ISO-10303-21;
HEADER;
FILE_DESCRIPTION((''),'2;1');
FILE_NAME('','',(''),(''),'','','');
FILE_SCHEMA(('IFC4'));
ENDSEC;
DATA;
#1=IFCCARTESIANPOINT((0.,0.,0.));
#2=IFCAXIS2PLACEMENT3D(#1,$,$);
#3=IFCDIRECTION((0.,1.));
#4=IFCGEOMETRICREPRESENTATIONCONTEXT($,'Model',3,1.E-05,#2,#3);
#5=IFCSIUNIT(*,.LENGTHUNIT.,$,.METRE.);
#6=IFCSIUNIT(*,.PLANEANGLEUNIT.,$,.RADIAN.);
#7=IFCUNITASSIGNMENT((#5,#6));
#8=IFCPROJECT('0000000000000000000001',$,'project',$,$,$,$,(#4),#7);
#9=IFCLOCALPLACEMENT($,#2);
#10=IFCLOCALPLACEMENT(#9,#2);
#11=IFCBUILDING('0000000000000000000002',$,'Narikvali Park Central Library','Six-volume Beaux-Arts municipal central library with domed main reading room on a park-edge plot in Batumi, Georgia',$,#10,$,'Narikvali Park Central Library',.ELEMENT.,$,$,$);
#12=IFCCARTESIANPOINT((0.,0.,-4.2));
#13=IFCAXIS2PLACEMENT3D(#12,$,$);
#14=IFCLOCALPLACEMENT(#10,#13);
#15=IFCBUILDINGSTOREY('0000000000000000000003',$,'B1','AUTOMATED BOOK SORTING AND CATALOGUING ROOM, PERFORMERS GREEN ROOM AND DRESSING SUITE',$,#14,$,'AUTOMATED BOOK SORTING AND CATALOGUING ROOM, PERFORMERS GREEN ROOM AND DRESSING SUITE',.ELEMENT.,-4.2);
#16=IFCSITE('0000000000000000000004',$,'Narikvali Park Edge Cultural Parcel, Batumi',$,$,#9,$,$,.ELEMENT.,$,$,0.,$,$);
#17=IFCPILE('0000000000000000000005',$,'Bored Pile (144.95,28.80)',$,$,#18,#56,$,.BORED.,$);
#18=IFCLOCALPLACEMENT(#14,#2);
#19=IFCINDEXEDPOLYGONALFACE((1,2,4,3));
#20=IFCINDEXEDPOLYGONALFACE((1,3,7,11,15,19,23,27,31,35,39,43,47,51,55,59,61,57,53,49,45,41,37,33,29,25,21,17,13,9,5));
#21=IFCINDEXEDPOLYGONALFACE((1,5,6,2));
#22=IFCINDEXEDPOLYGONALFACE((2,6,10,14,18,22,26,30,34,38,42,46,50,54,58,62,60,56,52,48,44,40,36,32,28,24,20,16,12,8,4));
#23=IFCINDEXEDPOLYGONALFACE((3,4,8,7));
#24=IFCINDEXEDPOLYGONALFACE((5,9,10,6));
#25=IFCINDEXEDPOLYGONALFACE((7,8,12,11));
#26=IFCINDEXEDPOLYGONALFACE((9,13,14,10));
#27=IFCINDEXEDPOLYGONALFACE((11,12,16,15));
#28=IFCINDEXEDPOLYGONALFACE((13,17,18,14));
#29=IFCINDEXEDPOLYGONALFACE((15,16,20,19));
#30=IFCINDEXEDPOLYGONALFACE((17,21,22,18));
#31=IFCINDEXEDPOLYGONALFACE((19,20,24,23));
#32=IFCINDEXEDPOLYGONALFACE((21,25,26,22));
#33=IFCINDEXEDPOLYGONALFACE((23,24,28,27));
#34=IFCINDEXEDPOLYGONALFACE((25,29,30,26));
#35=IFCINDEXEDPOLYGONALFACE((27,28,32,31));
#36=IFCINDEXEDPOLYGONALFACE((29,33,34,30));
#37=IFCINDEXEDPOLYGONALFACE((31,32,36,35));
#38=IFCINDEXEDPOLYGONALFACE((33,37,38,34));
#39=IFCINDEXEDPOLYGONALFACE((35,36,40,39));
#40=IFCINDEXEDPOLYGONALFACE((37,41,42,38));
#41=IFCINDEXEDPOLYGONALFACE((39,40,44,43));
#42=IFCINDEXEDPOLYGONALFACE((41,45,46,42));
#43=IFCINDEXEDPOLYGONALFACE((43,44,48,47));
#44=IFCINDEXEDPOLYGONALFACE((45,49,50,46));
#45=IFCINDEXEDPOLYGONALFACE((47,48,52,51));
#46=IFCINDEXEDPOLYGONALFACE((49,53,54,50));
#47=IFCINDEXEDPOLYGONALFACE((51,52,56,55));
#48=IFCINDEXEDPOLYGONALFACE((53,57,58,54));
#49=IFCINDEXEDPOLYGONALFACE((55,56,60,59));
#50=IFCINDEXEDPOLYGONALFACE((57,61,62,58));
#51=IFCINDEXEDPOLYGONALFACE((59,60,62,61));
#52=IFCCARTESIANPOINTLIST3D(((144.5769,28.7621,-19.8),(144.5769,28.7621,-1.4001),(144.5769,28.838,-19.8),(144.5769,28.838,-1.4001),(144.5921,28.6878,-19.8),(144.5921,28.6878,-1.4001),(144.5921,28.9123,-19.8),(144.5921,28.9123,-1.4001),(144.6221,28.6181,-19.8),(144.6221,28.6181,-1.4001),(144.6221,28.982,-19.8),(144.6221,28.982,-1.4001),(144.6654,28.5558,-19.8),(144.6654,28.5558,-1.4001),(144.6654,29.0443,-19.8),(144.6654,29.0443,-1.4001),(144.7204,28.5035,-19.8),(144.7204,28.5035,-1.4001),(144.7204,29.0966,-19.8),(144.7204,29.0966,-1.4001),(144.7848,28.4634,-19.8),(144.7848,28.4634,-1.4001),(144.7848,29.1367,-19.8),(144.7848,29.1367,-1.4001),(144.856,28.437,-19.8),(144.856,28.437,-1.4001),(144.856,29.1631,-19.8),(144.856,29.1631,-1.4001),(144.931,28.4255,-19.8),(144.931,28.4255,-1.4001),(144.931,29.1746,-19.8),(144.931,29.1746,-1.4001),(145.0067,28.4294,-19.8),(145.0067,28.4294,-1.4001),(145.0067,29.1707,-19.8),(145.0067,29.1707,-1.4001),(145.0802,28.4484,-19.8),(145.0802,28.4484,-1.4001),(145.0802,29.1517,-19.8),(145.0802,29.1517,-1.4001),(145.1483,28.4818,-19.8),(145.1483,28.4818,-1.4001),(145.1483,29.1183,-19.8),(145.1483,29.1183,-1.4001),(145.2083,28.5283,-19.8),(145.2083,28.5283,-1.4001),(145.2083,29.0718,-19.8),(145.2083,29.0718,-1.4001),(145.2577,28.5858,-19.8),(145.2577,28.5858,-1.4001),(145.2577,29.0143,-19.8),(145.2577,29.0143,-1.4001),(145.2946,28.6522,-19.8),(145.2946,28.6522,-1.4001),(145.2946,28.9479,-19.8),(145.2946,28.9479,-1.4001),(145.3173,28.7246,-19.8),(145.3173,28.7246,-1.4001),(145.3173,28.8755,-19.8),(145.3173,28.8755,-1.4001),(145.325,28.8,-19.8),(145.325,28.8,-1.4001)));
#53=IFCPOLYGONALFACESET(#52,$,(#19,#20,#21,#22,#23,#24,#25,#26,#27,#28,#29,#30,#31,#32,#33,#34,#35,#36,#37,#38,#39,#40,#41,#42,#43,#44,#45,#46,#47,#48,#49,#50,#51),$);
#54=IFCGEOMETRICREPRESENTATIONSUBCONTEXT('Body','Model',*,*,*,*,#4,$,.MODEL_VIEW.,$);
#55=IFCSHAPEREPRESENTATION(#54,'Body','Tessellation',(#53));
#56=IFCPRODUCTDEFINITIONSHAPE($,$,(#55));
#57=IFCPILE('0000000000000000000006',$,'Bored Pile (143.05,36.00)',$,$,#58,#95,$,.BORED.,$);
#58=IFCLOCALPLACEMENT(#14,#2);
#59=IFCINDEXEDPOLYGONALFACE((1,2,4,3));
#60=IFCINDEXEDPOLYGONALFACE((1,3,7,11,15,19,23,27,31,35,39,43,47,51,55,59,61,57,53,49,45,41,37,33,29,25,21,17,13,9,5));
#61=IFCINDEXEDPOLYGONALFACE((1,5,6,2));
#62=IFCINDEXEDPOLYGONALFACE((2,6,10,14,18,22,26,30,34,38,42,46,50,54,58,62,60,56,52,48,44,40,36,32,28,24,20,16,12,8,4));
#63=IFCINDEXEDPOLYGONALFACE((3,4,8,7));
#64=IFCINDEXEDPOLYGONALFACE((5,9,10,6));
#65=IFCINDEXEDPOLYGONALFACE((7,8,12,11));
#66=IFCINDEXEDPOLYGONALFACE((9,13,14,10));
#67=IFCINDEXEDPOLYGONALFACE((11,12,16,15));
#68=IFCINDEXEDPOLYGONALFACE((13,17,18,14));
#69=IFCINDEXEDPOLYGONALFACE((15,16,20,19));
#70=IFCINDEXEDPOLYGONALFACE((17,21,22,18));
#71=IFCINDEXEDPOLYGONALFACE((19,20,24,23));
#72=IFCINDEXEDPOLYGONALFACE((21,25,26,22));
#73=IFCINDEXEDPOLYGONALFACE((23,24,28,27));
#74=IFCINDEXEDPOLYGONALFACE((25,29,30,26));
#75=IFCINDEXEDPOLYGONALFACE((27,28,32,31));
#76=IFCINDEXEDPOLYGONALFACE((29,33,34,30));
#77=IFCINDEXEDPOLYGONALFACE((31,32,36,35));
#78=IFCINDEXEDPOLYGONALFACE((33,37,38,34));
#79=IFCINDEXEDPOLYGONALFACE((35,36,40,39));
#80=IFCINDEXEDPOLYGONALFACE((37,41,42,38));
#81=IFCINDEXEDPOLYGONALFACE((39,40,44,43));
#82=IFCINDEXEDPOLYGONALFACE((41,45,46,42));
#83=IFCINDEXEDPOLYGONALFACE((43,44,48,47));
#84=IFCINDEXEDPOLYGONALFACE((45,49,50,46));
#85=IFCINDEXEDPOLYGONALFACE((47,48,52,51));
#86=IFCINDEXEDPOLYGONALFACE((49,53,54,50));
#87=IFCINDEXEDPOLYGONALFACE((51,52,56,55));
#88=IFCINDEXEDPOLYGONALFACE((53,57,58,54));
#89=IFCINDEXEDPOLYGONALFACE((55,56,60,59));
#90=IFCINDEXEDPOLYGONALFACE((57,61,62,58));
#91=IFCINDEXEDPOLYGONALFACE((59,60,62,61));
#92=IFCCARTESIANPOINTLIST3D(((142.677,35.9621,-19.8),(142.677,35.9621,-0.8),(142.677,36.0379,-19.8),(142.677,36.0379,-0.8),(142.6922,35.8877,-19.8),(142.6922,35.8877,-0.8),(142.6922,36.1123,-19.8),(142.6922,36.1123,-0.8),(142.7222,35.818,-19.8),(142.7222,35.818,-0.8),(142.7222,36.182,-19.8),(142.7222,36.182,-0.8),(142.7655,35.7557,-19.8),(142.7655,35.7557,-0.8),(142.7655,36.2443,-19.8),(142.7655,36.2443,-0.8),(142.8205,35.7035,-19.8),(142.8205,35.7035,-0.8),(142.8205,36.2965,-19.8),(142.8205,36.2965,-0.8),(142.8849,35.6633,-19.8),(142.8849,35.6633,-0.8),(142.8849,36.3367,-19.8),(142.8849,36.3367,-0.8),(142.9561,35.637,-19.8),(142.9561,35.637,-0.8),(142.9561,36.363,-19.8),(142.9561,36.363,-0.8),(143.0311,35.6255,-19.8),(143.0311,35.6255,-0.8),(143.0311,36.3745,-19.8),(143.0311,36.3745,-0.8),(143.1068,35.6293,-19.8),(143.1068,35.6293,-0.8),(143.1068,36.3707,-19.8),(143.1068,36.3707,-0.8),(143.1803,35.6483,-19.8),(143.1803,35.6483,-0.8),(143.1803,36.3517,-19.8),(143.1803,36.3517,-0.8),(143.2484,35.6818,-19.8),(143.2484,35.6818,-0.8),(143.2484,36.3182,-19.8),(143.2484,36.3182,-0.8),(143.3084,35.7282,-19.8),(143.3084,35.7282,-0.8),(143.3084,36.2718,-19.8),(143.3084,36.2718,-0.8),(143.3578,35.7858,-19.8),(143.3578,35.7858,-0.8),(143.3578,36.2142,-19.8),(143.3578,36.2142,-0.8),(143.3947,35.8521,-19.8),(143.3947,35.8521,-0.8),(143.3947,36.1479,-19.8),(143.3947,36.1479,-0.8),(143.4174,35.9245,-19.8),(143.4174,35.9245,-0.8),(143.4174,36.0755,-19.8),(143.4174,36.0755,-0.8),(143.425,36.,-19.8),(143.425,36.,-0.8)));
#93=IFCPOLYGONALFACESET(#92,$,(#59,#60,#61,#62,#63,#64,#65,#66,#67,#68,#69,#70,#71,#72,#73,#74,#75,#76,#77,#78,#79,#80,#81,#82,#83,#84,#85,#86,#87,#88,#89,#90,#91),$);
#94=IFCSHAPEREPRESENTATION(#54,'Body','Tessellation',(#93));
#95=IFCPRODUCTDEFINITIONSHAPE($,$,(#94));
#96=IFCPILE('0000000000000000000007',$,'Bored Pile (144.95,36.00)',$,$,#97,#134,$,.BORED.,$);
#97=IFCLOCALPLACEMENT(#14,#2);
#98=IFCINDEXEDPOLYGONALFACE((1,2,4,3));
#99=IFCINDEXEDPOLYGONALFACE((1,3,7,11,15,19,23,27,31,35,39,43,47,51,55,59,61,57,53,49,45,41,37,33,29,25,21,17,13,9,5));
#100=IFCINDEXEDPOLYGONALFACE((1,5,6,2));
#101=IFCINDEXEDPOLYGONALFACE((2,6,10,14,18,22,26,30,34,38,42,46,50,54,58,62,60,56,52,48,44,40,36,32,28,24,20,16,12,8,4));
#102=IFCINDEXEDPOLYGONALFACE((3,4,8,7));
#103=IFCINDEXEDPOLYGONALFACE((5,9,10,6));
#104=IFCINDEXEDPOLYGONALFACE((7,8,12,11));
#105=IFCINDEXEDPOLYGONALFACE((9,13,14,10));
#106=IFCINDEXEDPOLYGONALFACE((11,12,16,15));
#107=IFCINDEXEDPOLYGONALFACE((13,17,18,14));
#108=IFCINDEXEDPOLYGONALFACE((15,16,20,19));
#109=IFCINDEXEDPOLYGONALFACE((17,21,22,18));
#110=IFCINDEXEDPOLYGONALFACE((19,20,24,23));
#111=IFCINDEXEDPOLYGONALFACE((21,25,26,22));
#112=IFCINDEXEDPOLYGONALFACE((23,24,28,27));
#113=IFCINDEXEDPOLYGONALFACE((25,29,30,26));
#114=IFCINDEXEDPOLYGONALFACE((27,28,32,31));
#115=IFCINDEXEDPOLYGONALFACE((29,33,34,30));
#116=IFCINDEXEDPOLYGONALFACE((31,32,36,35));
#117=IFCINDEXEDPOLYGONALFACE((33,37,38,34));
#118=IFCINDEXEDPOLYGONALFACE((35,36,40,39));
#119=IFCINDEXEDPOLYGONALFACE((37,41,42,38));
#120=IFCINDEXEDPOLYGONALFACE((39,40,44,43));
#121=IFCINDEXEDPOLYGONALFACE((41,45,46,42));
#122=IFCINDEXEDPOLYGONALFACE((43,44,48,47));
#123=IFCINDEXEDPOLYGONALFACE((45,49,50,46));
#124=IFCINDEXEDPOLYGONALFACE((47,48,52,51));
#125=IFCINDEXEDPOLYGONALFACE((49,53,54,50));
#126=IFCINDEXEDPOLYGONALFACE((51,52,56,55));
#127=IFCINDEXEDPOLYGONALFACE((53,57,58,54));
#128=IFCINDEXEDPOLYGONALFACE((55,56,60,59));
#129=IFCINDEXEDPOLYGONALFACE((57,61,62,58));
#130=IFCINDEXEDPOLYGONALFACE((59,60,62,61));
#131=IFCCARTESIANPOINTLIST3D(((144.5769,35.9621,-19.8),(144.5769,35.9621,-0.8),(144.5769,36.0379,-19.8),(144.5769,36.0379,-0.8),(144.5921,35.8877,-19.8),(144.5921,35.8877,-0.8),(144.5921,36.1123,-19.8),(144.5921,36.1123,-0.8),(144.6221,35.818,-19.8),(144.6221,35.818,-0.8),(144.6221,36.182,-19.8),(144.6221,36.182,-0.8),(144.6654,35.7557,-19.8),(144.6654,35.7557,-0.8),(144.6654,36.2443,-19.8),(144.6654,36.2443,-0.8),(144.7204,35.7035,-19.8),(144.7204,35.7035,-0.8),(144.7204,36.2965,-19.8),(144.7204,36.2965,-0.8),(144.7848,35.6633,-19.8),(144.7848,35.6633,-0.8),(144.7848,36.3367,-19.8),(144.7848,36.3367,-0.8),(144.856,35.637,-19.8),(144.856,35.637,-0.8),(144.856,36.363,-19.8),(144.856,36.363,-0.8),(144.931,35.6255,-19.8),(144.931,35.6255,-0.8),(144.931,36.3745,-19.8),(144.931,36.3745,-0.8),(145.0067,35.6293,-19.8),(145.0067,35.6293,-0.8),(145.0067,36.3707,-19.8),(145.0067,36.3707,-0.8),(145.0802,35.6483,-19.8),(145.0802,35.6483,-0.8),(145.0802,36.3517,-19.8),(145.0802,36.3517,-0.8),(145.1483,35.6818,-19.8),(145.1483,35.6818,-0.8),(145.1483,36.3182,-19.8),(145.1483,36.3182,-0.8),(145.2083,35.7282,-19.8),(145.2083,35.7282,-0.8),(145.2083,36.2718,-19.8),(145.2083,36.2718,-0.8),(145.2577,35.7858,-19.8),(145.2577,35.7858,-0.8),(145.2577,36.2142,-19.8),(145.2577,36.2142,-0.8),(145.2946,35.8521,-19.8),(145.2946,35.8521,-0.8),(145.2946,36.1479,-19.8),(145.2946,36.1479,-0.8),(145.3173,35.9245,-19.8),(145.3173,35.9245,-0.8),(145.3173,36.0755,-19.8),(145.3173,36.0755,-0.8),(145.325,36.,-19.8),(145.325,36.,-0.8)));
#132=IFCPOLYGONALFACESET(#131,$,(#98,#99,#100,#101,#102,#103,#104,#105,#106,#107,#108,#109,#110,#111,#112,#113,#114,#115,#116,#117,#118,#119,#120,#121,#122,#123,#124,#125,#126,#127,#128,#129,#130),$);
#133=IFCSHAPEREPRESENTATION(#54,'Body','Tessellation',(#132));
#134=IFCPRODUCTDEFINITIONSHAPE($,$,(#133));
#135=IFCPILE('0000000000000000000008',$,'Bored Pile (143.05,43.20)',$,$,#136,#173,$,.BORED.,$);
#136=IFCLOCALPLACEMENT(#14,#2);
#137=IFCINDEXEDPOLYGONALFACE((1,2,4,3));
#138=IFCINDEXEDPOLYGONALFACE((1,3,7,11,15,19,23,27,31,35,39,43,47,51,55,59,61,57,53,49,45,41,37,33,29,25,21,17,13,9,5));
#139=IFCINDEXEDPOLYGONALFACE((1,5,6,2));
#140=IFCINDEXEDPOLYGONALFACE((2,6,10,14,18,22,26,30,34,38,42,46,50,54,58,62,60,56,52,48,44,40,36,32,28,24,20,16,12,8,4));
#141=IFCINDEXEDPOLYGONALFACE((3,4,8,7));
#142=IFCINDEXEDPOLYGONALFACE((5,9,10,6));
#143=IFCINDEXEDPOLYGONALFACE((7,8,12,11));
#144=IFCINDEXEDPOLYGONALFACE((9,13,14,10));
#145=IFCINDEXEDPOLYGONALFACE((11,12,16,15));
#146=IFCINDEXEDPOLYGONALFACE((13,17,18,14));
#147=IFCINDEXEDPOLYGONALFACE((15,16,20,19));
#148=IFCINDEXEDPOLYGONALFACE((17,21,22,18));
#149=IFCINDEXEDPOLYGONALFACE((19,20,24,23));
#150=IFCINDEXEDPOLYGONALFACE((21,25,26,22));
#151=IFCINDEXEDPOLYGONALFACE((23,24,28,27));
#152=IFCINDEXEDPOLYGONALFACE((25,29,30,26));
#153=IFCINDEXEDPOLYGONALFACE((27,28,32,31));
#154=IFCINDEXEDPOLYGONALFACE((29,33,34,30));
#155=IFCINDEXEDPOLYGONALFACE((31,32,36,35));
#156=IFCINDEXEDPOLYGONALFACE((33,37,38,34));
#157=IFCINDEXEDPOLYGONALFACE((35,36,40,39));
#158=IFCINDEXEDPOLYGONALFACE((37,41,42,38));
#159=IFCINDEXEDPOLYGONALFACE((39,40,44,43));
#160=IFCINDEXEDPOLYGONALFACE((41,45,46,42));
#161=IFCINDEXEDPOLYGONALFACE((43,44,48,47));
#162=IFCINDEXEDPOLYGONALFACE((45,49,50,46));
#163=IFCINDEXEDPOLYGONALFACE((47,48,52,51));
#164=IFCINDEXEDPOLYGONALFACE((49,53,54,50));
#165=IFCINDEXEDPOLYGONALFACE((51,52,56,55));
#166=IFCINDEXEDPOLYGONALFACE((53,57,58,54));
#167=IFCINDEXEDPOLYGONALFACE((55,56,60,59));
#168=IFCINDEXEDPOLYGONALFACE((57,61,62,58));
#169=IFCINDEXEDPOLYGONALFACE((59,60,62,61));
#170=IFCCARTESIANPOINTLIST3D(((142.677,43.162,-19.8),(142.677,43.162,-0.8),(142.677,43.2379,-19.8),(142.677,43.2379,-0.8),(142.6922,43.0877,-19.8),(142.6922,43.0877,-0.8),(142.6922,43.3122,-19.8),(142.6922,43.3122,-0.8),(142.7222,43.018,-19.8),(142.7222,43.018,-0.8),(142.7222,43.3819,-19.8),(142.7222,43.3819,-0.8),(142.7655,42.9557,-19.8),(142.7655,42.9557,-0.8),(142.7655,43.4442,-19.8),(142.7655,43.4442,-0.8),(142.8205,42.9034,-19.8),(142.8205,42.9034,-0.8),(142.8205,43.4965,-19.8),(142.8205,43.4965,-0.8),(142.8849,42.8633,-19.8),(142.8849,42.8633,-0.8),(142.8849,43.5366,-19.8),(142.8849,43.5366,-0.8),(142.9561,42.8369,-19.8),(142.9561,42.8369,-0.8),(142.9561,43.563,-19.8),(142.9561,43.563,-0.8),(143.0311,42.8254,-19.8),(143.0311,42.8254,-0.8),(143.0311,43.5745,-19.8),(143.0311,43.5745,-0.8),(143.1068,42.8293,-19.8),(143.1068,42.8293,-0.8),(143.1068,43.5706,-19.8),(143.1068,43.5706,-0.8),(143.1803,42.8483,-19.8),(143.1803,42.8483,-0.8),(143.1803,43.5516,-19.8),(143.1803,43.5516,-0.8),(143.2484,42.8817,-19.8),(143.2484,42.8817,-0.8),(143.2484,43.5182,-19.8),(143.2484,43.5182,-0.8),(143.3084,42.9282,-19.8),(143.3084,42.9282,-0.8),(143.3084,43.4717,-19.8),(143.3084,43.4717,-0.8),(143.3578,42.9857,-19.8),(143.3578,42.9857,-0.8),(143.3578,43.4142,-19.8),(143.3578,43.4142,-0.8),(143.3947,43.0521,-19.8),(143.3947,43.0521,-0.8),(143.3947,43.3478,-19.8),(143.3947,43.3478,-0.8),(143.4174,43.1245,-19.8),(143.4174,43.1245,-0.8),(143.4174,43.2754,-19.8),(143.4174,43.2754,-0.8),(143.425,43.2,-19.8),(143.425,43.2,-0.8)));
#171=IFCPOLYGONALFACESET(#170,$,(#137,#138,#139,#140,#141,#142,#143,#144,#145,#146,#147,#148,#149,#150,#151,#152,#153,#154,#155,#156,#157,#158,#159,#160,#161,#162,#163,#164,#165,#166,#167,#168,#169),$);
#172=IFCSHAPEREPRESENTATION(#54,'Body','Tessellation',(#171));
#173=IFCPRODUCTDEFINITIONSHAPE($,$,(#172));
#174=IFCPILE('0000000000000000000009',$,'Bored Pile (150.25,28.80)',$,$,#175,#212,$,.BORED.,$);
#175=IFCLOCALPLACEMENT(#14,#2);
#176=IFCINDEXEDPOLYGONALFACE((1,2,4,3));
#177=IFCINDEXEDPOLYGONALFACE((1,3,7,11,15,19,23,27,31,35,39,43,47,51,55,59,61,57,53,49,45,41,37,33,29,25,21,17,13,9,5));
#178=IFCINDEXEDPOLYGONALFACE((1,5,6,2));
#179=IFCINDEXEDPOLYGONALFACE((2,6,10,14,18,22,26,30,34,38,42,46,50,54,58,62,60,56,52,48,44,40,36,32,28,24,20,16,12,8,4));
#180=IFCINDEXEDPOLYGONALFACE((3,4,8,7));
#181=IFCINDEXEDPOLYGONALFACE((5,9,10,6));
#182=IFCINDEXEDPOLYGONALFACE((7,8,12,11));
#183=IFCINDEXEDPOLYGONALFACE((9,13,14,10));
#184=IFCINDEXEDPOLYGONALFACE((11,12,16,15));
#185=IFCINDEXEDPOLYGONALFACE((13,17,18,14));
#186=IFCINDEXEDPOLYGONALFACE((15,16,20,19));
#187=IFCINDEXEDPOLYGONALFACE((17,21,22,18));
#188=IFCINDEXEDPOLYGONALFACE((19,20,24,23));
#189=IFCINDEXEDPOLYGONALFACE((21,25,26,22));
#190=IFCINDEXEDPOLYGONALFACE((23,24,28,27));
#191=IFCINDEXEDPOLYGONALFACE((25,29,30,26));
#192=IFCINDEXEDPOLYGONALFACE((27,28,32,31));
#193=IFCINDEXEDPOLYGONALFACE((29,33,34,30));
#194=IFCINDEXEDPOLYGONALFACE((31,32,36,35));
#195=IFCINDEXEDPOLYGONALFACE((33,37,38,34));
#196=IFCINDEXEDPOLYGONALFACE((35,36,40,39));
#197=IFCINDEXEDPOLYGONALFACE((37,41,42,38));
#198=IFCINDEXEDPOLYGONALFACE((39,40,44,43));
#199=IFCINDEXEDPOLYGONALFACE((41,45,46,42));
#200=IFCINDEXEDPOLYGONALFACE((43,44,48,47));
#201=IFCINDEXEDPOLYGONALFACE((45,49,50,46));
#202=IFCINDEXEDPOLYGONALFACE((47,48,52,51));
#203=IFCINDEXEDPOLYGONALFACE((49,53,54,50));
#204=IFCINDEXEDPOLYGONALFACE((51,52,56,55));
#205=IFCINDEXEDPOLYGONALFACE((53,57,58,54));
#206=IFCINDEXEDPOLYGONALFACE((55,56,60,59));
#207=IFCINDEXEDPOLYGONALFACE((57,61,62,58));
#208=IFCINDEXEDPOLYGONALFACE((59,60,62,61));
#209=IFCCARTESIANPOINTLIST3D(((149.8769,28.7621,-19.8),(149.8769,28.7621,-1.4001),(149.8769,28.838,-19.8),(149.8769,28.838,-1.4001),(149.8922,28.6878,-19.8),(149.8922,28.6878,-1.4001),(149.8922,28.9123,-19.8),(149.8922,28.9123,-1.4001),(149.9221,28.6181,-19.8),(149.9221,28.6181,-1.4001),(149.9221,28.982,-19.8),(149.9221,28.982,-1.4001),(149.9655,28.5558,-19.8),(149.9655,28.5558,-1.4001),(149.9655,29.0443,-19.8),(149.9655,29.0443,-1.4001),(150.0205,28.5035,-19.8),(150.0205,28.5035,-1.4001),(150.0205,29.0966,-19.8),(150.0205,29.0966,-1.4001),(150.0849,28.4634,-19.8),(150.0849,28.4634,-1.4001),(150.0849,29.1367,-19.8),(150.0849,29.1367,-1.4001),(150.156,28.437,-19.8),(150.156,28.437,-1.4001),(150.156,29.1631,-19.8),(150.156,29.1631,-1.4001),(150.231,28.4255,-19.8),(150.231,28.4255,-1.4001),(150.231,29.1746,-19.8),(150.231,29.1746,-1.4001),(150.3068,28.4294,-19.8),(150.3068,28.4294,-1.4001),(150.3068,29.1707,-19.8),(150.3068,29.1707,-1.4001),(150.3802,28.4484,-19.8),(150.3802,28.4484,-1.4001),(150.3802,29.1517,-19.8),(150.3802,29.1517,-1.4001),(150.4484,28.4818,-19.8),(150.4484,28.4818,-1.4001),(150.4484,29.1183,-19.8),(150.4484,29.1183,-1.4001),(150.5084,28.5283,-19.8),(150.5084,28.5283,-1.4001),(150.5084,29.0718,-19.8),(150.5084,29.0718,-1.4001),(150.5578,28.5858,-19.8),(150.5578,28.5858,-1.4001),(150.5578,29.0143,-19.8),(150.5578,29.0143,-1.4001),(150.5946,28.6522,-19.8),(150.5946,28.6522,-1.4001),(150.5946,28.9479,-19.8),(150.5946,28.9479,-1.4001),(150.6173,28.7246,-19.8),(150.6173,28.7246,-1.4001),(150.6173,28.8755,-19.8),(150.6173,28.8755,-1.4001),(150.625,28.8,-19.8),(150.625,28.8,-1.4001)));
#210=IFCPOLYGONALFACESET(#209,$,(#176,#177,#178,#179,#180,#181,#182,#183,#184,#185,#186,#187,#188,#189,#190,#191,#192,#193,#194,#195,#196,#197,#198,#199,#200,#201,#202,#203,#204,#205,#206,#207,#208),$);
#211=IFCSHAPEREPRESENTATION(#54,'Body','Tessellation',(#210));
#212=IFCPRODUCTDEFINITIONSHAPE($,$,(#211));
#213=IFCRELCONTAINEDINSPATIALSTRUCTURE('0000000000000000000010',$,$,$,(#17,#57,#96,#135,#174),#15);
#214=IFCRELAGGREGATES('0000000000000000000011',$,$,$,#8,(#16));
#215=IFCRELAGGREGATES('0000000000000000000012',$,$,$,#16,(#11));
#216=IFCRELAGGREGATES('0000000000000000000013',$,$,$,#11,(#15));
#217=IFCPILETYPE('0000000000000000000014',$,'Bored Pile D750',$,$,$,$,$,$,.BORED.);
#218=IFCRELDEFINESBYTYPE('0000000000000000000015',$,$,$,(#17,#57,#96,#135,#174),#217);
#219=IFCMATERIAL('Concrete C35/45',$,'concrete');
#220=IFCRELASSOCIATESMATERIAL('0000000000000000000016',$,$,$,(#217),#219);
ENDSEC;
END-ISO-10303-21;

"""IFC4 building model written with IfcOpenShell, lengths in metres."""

from ifc_helpers import new_model, si_unit, direction, frame, origin, origin_2d, place, context, subcontext, project, spatial, circle, extrude, material, material_profile, profile_set, type_object, element, save


model = new_model("IFC4")

# Units and contexts
model_context = context("Model", 3, precision=1e-05, world=origin(), true_north=direction((0.0, 1.0)))
body_context = subcontext(model_context, "Body", "Model", "MODEL_VIEW")
ifc_project = project(units=[si_unit("LENGTHUNIT", "METRE"), si_unit("PLANEANGLEUNIT", "RADIAN")], contexts=[model_context])

# Site, building, storey
site_placement = place(None, origin())
site = spatial("IfcSite", under=ifc_project, at=site_placement, Name="Narikvali Park Edge Cultural Parcel, Batumi", CompositionType="ELEMENT", RefElevation=0.0)
building_placement = place(site_placement, origin())
building = spatial("IfcBuilding", under=site, at=building_placement, Name="Narikvali Park Central Library", Description="Six-volume Beaux-Arts municipal central library with domed main reading room on a park-edge plot in Batumi, Georgia", LongName="Narikvali Park Central Library", CompositionType="ELEMENT")
storey_placement = place(building_placement, frame((0.0, 0.0, -4.2)))
storey = spatial("IfcBuildingStorey", under=building, at=storey_placement, Name="B1", Description="AUTOMATED BOOK SORTING AND CATALOGUING ROOM, PERFORMERS GREEN ROOM AND DRESSING SUITE", LongName="AUTOMATED BOOK SORTING AND CATALOGUING ROOM, PERFORMERS GREEN ROOM AND DRESSING SUITE", CompositionType="ELEMENT", Elevation=-4.2)

# Piles
ifc_material_1 = material(Name="Concrete C35/45", Category="concrete")
ifc_material_profile_1 = material_profile(ifc_material_1, circle(Radius=0.375, at=origin_2d()), Name="PILE D750")
ifc_profile_set_1 = profile_set([ifc_material_profile_1], Name="Concrete C35/45")
pile_type = type_object("IfcPileType", Name="Bored Pile D750", PredefinedType="BORED", material=ifc_profile_set_1)
for number, where, z_axis, x_axis, name in (
    (1, (144.95, 28.8, -1.4001), (0.0, 0.0, -1.0), (1.0, 0.0, 0.0), "Bored Pile (144.95,28.80)"),
):
    element("IfcPile", number, at=place(storey_placement, frame(where, z_axis=z_axis, x_axis=x_axis)), inside=storey, type_object=pile_type, Name=name, PredefinedType="BORED", context=body_context, shape_type="SweptSolid", body=[
        extrude(circle(Radius=0.375, at=origin_2d()), origin(), (0.0, 0.0, 1.0), 18.3999),
    ])
for number, where, z_axis, x_axis, name in (
    (2, (143.05, 36.0, -0.8), (0.0, 0.0, -1.0), (1.0, 0.0, 0.0), "Bored Pile (143.05,36.00)"),
    (3, (144.95, 36.0, -0.8), (0.0, 0.0, -1.0), (1.0, 0.0, 0.0), "Bored Pile (144.95,36.00)"),
    (4, (143.05, 43.2, -0.8), (0.0, 0.0, -1.0), (1.0, 0.0, 0.0), "Bored Pile (143.05,43.20)"),
):
    element("IfcPile", number, at=place(storey_placement, frame(where, z_axis=z_axis, x_axis=x_axis)), inside=storey, type_object=pile_type, Name=name, PredefinedType="BORED", context=body_context, shape_type="SweptSolid", body=[
        extrude(circle(Radius=0.375, at=origin_2d()), origin(), (0.0, 0.0, 1.0), 19.0),
    ])
pile_1_placement = place(storey_placement, frame((150.25, 28.8, -1.4001), z_axis=(0.0, 0.0, -1.0), x_axis=(1.0, 0.0, 0.0)))
element("IfcPile", 5, at=pile_1_placement, inside=storey, type_object=pile_type, Name="Bored Pile (150.25,28.80)", PredefinedType="BORED", context=body_context, shape_type="SweptSolid", body=[
    extrude(circle(Radius=0.375, at=origin_2d()), origin(), (0.0, 0.0, 1.0), 18.3999),
])

save(model, "model.ifc")
